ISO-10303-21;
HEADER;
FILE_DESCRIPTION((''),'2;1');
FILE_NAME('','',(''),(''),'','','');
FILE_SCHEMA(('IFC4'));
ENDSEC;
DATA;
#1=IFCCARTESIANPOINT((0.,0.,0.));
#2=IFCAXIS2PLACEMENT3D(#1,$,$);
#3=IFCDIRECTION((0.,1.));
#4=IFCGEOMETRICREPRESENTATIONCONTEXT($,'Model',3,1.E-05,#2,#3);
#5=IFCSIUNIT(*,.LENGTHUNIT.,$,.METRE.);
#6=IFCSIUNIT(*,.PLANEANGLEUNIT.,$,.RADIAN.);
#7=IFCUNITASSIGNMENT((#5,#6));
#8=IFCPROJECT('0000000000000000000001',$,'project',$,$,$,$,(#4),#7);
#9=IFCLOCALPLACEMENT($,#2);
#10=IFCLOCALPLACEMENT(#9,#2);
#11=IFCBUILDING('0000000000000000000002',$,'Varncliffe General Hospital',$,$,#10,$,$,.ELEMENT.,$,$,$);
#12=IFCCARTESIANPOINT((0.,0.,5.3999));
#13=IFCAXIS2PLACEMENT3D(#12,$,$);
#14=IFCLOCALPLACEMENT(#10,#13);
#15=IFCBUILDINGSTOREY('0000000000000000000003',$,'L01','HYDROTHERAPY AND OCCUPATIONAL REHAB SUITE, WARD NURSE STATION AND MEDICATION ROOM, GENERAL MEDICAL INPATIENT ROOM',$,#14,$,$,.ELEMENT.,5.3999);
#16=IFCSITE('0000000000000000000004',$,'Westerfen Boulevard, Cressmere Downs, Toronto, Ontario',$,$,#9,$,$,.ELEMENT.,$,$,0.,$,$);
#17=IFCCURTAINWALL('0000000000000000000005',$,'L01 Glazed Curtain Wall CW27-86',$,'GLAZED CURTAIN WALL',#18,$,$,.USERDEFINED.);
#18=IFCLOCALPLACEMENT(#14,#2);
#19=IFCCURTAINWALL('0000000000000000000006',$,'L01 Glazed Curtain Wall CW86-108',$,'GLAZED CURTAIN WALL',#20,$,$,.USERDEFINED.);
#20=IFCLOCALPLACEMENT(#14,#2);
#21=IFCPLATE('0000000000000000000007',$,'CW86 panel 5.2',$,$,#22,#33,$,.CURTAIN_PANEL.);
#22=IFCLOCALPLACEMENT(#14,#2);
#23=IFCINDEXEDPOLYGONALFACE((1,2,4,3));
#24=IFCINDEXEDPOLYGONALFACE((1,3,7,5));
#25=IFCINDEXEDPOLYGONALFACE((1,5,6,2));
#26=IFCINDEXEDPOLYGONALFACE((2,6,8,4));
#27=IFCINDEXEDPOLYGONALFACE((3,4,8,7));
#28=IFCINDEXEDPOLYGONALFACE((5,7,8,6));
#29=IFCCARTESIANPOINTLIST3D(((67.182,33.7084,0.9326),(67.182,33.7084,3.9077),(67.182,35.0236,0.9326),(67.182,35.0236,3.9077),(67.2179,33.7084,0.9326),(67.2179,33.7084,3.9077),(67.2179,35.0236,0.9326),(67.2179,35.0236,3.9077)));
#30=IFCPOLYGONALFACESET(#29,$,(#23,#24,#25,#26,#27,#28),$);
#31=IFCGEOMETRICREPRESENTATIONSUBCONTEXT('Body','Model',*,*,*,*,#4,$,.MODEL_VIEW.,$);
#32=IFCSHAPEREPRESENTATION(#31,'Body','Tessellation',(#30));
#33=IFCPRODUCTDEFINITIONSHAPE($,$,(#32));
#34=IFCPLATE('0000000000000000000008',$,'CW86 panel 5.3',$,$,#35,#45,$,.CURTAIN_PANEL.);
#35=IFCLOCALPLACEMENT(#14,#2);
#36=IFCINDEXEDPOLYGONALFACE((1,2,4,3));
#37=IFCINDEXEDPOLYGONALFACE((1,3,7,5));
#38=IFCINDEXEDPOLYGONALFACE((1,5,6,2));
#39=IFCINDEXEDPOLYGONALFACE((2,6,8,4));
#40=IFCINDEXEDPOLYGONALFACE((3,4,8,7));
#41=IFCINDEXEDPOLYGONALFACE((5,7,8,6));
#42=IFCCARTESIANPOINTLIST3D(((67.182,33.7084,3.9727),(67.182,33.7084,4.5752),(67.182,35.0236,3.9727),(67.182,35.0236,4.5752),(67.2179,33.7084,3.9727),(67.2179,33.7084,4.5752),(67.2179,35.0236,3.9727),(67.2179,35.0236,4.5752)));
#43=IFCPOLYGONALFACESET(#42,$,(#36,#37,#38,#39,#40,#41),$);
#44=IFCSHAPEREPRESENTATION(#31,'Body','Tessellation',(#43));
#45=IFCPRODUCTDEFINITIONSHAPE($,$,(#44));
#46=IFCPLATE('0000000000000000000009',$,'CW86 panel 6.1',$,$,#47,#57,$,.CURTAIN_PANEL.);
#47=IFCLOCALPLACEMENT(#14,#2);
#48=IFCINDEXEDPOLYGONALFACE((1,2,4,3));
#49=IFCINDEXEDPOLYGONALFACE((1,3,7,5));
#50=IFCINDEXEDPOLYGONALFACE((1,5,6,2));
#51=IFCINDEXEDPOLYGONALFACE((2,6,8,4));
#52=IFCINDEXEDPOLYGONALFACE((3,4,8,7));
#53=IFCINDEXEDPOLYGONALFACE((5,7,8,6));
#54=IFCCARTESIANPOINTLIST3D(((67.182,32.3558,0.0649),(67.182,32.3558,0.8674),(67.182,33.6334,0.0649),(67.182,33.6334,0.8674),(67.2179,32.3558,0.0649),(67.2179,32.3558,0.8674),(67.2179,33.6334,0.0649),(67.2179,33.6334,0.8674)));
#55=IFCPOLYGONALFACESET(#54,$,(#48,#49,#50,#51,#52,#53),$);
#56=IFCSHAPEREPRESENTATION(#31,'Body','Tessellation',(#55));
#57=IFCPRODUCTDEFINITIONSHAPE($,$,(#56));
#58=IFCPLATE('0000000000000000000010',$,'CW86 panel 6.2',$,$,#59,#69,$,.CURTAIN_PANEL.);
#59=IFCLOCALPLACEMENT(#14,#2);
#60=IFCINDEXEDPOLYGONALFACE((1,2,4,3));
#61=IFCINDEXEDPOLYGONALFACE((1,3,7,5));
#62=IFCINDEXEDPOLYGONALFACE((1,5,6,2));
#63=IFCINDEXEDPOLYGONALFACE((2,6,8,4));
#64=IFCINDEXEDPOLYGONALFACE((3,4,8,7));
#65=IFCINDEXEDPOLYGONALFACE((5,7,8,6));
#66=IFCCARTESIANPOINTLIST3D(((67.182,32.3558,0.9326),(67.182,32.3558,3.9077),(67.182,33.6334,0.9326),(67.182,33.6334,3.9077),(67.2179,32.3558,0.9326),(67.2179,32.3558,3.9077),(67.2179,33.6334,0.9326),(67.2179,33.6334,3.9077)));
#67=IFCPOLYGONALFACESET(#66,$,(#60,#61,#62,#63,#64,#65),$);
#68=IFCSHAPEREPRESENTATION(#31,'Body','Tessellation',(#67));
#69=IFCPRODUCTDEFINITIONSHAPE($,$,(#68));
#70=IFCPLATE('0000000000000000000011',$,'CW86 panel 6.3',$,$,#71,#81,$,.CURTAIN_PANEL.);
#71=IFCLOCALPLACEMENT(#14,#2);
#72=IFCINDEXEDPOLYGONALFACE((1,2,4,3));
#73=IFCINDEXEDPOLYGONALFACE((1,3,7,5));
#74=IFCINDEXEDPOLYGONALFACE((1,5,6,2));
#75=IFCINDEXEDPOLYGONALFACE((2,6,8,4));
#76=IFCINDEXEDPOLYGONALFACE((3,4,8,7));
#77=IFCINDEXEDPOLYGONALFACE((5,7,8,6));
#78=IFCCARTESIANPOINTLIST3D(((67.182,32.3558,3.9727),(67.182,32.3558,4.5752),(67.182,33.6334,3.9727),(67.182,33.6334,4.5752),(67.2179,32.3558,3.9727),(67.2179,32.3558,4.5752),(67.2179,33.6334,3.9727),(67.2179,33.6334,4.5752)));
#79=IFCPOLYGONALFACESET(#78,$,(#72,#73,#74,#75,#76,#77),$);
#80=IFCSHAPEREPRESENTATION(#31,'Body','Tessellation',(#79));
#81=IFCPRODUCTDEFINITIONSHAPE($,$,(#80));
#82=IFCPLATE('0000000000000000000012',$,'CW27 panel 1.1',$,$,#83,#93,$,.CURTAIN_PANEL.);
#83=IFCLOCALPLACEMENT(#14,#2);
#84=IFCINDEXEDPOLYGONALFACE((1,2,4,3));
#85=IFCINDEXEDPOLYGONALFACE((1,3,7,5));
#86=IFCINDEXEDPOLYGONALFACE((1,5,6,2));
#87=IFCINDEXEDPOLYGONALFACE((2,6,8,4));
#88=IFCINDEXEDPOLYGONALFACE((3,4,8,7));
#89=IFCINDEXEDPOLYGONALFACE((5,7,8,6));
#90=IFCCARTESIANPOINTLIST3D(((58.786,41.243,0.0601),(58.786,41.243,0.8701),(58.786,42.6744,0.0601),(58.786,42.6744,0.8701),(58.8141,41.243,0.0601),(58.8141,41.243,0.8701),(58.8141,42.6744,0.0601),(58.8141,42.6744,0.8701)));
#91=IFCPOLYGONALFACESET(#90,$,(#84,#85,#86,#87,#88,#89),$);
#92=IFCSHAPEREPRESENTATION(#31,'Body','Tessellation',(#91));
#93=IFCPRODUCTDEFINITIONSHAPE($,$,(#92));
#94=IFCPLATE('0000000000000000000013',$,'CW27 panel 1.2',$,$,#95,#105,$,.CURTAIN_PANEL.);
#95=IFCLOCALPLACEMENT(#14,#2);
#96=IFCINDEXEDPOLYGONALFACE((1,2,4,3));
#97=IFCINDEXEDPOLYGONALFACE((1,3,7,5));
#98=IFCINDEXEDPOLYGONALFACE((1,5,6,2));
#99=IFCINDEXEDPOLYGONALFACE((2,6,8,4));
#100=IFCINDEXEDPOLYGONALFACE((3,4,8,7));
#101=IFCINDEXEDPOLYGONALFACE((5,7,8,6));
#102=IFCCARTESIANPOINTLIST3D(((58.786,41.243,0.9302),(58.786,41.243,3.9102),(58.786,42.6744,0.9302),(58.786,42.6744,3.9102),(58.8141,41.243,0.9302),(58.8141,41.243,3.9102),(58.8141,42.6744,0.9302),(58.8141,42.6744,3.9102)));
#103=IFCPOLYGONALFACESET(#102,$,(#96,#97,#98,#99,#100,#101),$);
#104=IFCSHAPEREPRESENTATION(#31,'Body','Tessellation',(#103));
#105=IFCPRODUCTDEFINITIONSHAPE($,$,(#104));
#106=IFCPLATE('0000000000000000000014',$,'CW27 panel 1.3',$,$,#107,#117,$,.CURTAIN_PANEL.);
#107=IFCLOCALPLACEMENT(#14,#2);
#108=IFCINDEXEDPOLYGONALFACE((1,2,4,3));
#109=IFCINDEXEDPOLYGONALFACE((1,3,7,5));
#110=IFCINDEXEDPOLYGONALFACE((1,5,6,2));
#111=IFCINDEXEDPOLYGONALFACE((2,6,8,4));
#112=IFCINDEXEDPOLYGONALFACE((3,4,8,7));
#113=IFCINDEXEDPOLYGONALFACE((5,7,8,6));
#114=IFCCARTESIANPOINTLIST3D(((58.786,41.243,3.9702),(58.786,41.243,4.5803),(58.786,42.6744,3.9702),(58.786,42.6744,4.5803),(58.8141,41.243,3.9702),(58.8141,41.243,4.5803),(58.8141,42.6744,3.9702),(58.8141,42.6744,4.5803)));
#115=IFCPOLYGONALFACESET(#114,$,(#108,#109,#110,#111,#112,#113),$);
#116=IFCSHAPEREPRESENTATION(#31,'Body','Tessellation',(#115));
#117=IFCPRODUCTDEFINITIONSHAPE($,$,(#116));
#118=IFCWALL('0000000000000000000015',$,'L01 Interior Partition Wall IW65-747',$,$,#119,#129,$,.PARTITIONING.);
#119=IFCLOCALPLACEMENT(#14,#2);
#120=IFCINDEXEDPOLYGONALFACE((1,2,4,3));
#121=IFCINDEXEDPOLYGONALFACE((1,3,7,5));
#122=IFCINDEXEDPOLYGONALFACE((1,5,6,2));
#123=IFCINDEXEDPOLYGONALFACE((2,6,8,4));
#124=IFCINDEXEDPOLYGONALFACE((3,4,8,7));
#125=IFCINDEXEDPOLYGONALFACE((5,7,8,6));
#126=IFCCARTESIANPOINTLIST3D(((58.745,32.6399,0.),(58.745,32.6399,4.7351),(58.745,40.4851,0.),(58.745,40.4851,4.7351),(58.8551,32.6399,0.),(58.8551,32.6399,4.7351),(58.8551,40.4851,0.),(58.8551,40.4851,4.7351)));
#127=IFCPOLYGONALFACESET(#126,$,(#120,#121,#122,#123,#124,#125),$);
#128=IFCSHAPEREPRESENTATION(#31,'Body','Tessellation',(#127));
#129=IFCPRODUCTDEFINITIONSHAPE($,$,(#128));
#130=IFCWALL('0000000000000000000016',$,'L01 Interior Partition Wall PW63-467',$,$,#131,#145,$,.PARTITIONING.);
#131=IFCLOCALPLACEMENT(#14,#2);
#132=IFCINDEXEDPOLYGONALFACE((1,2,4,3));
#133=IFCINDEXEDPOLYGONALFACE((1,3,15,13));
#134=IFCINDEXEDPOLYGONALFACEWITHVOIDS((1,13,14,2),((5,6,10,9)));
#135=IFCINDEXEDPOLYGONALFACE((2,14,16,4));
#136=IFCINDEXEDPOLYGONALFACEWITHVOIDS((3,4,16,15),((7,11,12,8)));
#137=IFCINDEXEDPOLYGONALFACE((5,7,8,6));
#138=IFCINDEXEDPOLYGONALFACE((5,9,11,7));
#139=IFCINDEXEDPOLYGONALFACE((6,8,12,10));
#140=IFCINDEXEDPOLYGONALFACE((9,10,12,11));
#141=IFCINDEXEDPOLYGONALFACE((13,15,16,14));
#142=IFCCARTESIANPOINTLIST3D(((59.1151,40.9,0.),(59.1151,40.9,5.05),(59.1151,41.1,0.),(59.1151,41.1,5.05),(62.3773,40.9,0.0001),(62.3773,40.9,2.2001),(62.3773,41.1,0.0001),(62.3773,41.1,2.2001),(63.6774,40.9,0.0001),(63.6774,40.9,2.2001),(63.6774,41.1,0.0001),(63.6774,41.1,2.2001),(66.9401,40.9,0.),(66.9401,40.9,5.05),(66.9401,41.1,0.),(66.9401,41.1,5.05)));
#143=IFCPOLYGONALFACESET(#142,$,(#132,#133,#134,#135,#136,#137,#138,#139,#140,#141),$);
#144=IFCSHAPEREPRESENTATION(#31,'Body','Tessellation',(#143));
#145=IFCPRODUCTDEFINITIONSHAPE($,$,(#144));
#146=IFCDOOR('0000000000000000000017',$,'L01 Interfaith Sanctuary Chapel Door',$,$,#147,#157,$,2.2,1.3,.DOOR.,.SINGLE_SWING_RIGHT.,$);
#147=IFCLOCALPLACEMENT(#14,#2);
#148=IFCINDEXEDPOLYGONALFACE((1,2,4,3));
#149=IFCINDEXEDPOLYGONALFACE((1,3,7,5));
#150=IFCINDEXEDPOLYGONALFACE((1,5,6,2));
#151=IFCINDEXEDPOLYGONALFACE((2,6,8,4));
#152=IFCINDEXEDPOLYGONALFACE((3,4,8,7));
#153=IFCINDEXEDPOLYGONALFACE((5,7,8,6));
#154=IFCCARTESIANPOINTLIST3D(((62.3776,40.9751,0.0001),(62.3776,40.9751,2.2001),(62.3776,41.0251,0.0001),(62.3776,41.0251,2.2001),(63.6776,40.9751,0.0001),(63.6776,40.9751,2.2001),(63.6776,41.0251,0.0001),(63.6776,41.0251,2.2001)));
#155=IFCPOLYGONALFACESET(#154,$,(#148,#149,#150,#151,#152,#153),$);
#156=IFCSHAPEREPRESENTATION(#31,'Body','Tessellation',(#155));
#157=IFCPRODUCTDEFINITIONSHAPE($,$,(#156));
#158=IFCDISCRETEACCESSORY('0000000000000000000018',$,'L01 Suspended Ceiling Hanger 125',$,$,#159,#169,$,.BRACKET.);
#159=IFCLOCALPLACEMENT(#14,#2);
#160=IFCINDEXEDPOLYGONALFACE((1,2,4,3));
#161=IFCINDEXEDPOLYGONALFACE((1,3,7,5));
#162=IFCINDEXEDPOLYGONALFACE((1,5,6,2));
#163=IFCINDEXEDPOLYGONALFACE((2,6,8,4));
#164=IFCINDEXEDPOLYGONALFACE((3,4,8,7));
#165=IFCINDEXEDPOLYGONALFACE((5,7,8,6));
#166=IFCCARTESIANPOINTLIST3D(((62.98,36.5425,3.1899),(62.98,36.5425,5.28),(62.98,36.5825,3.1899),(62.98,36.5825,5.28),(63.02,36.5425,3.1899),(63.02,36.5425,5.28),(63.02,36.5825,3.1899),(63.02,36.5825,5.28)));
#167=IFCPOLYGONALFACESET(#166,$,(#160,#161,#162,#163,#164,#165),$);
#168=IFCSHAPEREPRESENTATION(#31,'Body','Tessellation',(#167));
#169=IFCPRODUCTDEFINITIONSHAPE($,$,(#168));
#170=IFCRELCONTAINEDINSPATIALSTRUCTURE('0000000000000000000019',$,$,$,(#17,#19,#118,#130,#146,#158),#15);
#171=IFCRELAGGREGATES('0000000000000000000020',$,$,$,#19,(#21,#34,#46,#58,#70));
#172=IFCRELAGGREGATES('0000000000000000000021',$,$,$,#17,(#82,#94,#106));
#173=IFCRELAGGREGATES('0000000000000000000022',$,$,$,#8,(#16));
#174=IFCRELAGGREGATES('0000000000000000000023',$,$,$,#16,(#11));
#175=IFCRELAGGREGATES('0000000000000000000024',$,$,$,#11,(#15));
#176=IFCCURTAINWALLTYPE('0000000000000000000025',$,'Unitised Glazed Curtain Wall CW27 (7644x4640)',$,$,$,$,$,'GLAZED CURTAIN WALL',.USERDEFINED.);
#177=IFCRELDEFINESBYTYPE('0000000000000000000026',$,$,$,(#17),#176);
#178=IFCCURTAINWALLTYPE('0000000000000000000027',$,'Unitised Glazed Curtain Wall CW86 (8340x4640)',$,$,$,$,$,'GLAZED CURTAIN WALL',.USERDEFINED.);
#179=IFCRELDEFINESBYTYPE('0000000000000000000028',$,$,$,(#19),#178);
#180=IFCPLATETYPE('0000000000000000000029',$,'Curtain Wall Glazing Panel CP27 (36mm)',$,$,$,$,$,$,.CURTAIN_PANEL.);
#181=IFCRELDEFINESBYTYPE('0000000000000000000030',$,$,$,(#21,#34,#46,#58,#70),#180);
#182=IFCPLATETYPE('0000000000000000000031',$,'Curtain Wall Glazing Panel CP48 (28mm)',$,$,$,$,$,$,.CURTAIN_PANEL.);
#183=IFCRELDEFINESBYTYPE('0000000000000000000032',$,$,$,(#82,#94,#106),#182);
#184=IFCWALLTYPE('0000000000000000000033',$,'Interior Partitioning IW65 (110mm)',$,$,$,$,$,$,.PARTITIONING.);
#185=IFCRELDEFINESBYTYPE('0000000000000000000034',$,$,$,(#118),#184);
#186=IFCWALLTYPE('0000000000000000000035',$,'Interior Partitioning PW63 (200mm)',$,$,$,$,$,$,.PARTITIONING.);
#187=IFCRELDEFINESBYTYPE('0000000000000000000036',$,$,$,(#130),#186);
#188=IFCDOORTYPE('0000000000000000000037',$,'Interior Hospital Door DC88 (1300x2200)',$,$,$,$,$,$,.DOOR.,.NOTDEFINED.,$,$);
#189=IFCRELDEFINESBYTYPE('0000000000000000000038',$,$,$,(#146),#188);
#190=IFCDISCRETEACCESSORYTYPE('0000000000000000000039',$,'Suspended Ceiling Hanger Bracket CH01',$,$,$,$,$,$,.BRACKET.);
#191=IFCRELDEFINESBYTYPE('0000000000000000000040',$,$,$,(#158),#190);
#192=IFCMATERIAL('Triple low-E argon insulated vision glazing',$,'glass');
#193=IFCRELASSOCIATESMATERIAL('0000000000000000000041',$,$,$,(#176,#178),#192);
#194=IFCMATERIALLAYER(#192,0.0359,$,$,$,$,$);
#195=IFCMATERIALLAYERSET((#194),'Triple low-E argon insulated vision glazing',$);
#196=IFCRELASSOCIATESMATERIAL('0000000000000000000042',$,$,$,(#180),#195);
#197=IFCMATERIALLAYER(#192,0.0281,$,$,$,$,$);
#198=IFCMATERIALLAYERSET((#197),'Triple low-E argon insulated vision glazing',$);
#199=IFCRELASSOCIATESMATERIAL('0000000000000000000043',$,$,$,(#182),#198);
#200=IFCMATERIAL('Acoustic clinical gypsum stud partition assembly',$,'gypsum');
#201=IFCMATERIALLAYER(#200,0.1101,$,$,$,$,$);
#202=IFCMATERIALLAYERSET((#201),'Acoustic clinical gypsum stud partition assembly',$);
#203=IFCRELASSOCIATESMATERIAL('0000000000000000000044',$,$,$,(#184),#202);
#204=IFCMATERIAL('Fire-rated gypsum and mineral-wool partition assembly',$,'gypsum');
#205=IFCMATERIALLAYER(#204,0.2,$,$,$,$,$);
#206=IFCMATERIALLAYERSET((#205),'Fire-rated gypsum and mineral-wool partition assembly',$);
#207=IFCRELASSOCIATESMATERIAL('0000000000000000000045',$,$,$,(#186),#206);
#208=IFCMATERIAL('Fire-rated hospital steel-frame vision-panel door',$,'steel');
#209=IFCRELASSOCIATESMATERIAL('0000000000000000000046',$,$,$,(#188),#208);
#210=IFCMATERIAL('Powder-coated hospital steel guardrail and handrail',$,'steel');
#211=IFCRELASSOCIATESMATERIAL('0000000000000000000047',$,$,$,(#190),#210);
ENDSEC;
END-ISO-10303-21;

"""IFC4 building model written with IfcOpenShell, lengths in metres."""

from ifc_helpers import new_model, si_unit, direction, frame, frame_2d, origin, origin_2d, place, context, subcontext, project, spatial, rectangle, extrude, material, layer, layer_set, type_object, element, fill, aggregate, save


model = new_model("IFC4")

# Units and contexts
model_context = context("Model", 3, precision=1e-05, world=origin(), true_north=direction((0.0, 1.0)))
body_context = subcontext(model_context, "Body", "Model", "MODEL_VIEW")
ifc_project = project(units=[si_unit("LENGTHUNIT", "METRE"), si_unit("PLANEANGLEUNIT", "RADIAN")], contexts=[model_context])

# Site, building, storey
site_placement = place(None, origin())
site = spatial("IfcSite", under=ifc_project, at=site_placement, Name="Westerfen Boulevard, Cressmere Downs, Toronto, Ontario", CompositionType="ELEMENT", RefElevation=0.0)
building_placement = place(site_placement, origin())
building = spatial("IfcBuilding", under=site, at=building_placement, Name="Varncliffe General Hospital", CompositionType="ELEMENT")
storey_placement = place(building_placement, frame((0.0, 0.0, 5.3999)))
storey = spatial("IfcBuildingStorey", under=building, at=storey_placement, Name="L01", Description="HYDROTHERAPY AND OCCUPATIONAL REHAB SUITE, WARD NURSE STATION AND MEDICATION ROOM, GENERAL MEDICAL INPATIENT ROOM", CompositionType="ELEMENT", Elevation=5.3999)

# Curtain wall
ifc_material_1 = material(Name="Triple low-E argon insulated vision glazing", Category="glass")
curtain_wall_type_1 = type_object("IfcCurtainWallType", Name="Unitised Glazed Curtain Wall CW27 (7644x4640)", ElementType="GLAZED CURTAIN WALL", PredefinedType="USERDEFINED", material=ifc_material_1)
curtain_wall_1_placement = place(storey_placement, origin())
curtain_wall_1 = element("IfcCurtainWall", 1, at=curtain_wall_1_placement, inside=storey, type_object=curtain_wall_type_1, Name="L01 Glazed Curtain Wall CW27-86", ObjectType="GLAZED CURTAIN WALL", PredefinedType="USERDEFINED")

# Curtain wall
curtain_wall_type_2 = type_object("IfcCurtainWallType", Name="Unitised Glazed Curtain Wall CW86 (8340x4640)", ElementType="GLAZED CURTAIN WALL", PredefinedType="USERDEFINED", material=ifc_material_1)
curtain_wall_2_placement = place(storey_placement, origin())
curtain_wall_2 = element("IfcCurtainWall", 2, at=curtain_wall_2_placement, inside=storey, type_object=curtain_wall_type_2, Name="L01 Glazed Curtain Wall CW86-108", ObjectType="GLAZED CURTAIN WALL", PredefinedType="USERDEFINED")

# Plates
ifc_layer_1 = layer(ifc_material_1, 0.0359)
ifc_layer_set_1 = layer_set([ifc_layer_1], Name="Triple low-E argon insulated vision glazing")
plate_type_1 = type_object("IfcPlateType", Name="Curtain Wall Glazing Panel CP27 (36mm)", PredefinedType="CURTAIN_PANEL", material=ifc_layer_set_1)
plate_1_placement = place(storey_placement, frame((67.2, 34.366, 0.9326), z_axis=(0.0, 0.0, 1.0), x_axis=(0.0, -1.0, 0.0)))
plate_1 = element("IfcPlate", 3, at=plate_1_placement, type_object=plate_type_1, Name="CW86 panel 5.2", PredefinedType="CURTAIN_PANEL", context=body_context, shape_type="SweptSolid", body=[
    extrude(rectangle(XDim=1.3152, YDim=0.0359, at=origin_2d()), origin(), (0.0, 0.0, 1.0), 2.9751),
])
plate_2_placement = place(storey_placement, frame((67.2, 34.366, 3.9727), z_axis=(0.0, 0.0, 1.0), x_axis=(0.0, -1.0, 0.0)))
plate_2 = element("IfcPlate", 4, at=plate_2_placement, type_object=plate_type_1, Name="CW86 panel 5.3", PredefinedType="CURTAIN_PANEL", context=body_context, shape_type="SweptSolid", body=[
    extrude(rectangle(XDim=1.3152, YDim=0.0359, at=origin_2d()), origin(), (0.0, 0.0, 1.0), 0.6025),
])
plate_3_placement = place(storey_placement, frame((67.2, 32.9946, 0.0649), z_axis=(0.0, 0.0, 1.0), x_axis=(0.0, -1.0, 0.0)))
plate_3 = element("IfcPlate", 5, at=plate_3_placement, type_object=plate_type_1, Name="CW86 panel 6.1", PredefinedType="CURTAIN_PANEL", context=body_context, shape_type="SweptSolid", body=[
    extrude(rectangle(XDim=1.2776, YDim=0.0359, at=origin_2d()), origin(), (0.0, 0.0, 1.0), 0.8025),
])
plate_4_placement = place(storey_placement, frame((67.2, 32.9946, 0.9326), z_axis=(0.0, 0.0, 1.0), x_axis=(0.0, -1.0, 0.0)))
plate_4 = element("IfcPlate", 6, at=plate_4_placement, type_object=plate_type_1, Name="CW86 panel 6.2", PredefinedType="CURTAIN_PANEL", context=body_context, shape_type="SweptSolid", body=[
    extrude(rectangle(XDim=1.2776, YDim=0.0359, at=origin_2d()), origin(), (0.0, 0.0, 1.0), 2.9751),
])
plate_5_placement = place(storey_placement, frame((67.2, 32.9946, 3.9727), z_axis=(0.0, 0.0, 1.0), x_axis=(0.0, -1.0, 0.0)))
plate_5 = element("IfcPlate", 7, at=plate_5_placement, type_object=plate_type_1, Name="CW86 panel 6.3", PredefinedType="CURTAIN_PANEL", context=body_context, shape_type="SweptSolid", body=[
    extrude(rectangle(XDim=1.2776, YDim=0.0359, at=origin_2d()), origin(), (0.0, 0.0, 1.0), 0.6025),
])
aggregate(curtain_wall_2, [plate_1, plate_2, plate_3, plate_4, plate_5])
ifc_layer_2 = layer(ifc_material_1, 0.0281)
ifc_layer_set_2 = layer_set([ifc_layer_2], Name="Triple low-E argon insulated vision glazing")
plate_type_2 = type_object("IfcPlateType", Name="Curtain Wall Glazing Panel CP48 (28mm)", PredefinedType="CURTAIN_PANEL", material=ifc_layer_set_2)
plate_6_placement = place(storey_placement, frame((58.8, 41.9587, 0.0601), z_axis=(0.0, 0.0, 1.0), x_axis=(0.0, 1.0, 0.0)))
plate_6 = element("IfcPlate", 8, at=plate_6_placement, type_object=plate_type_2, Name="CW27 panel 1.1", PredefinedType="CURTAIN_PANEL", context=body_context, shape_type="SweptSolid", body=[
    extrude(rectangle(XDim=1.4314, YDim=0.0281, at=origin_2d()), origin(), (0.0, 0.0, 1.0), 0.8101),
])
plate_7_placement = place(storey_placement, frame((58.8, 41.9587, 0.9302), z_axis=(0.0, 0.0, 1.0), x_axis=(0.0, 1.0, 0.0)))
plate_7 = element("IfcPlate", 9, at=plate_7_placement, type_object=plate_type_2, Name="CW27 panel 1.2", PredefinedType="CURTAIN_PANEL", context=body_context, shape_type="SweptSolid", body=[
    extrude(rectangle(XDim=1.4314, YDim=0.0281, at=origin_2d()), origin(), (0.0, 0.0, 1.0), 2.98),
])
plate_8_placement = place(storey_placement, frame((58.8, 41.9587, 3.9702), z_axis=(0.0, 0.0, 1.0), x_axis=(0.0, 1.0, 0.0)))
plate_8 = element("IfcPlate", 10, at=plate_8_placement, type_object=plate_type_2, Name="CW27 panel 1.3", PredefinedType="CURTAIN_PANEL", context=body_context, shape_type="SweptSolid", body=[
    extrude(rectangle(XDim=1.4314, YDim=0.0281, at=origin_2d()), origin(), (0.0, 0.0, 1.0), 0.6101),
])
aggregate(curtain_wall_1, [plate_6, plate_7, plate_8])

# Wall
ifc_material_2 = material(Name="Acoustic clinical gypsum stud partition assembly", Category="gypsum")
ifc_layer_3 = layer(ifc_material_2, 0.1101)
ifc_layer_set_3 = layer_set([ifc_layer_3], Name="Acoustic clinical gypsum stud partition assembly")
wall_type_1 = type_object("IfcWallType", Name="Interior Partitioning IW65 (110mm)", PredefinedType="PARTITIONING", material=ifc_layer_set_3)
wall_1_placement = place(storey_placement, frame((58.8, 32.6399, 0.0), z_axis=(0.0, 0.0, 1.0), x_axis=(0.0, 1.0, 0.0)))
element("IfcWall", 11, at=wall_1_placement, inside=storey, type_object=wall_type_1, Name="L01 Interior Partition Wall IW65-747", PredefinedType="PARTITIONING", context=body_context, shape_type="SweptSolid", body=[
    extrude(rectangle(XDim=7.8452, YDim=0.1101, at=frame_2d((3.9226, 0.0))), origin(), (0.0, 0.0, 1.0), 4.7351),
])

# Wall, opening, door
ifc_material_3 = material(Name="Fire-rated gypsum and mineral-wool partition assembly", Category="gypsum")
ifc_layer_4 = layer(ifc_material_3, 0.2)
ifc_layer_set_4 = layer_set([ifc_layer_4], Name="Fire-rated gypsum and mineral-wool partition assembly")
wall_type_2 = type_object("IfcWallType", Name="Interior Partitioning PW63 (200mm)", PredefinedType="PARTITIONING", material=ifc_layer_set_4)
wall_2_placement = place(storey_placement, frame((59.115, 41.0, 0.0), z_axis=(0.0, 0.0, 1.0), x_axis=(1.0, 0.0, 0.0)))
wall_2 = element("IfcWall", 12, at=wall_2_placement, inside=storey, type_object=wall_type_2, Name="L01 Interior Partition Wall PW63-467", PredefinedType="PARTITIONING", context=body_context, shape_type="SweptSolid", body=[
    extrude(rectangle(XDim=7.825, YDim=0.2, at=frame_2d((3.9126, 0.0))), origin(), (0.0, 0.0, 1.0), 5.05),
])
opening_placement = place(wall_2_placement, frame((3.2625, 0.0, 0.0)))
opening = element("IfcOpeningElement", 13, at=opening_placement, cuts=wall_2, PredefinedType="OPENING", context=body_context, shape_type="SweptSolid", body=[
    extrude(rectangle(XDim=1.3, YDim=2.2, at=frame_2d((0.6499, 1.1001))), frame((0.0, 0.1099, 0.0), z_axis=(0.0, -1.0, 0.0), x_axis=(1.0, 0.0, 0.0)), (0.0, 0.0, 1.0), 0.22),
])
ifc_material_4 = material(Name="Fire-rated hospital steel-frame vision-panel door", Category="steel")
door_type = type_object("IfcDoorType", Name="Interior Hospital Door DC88 (1300x2200)", OperationType="NOTDEFINED", PredefinedType="DOOR", material=ifc_material_4)
door_placement = place(opening_placement, frame((1.3, 0.0, 0.0), z_axis=(0.0, 0.0, 1.0), x_axis=(-1.0, 0.0, 0.0)))
door = element("IfcDoor", 14, at=door_placement, inside=storey, type_object=door_type, Name="L01 Interfaith Sanctuary Chapel Door", OperationType="SINGLE_SWING_RIGHT", OverallHeight=2.2, OverallWidth=1.3, PredefinedType="DOOR", context=body_context, shape_type="SweptSolid", body=[
    extrude(rectangle(XDim=1.3, YDim=2.2, at=frame_2d((0.6499, 1.1001))), frame((0.0, 0.0249, 0.0), z_axis=(0.0, -1.0, 0.0), x_axis=(1.0, 0.0, 0.0)), (0.0, 0.0, 1.0), 0.05),
])
fill(opening, door)

# Discrete accessory
ifc_material_5 = material(Name="Powder-coated hospital steel guardrail and handrail", Category="steel")
discrete_accessory_type = type_object("IfcDiscreteAccessoryType", Name="Suspended Ceiling Hanger Bracket CH01", PredefinedType="BRACKET", material=ifc_material_5)
discrete_accessory_placement = place(storey_placement, frame((63.0, 36.5625, 3.1899), z_axis=(0.0, 0.0, 1.0), x_axis=(1.0, 0.0, 0.0)))
element("IfcDiscreteAccessory", 15, at=discrete_accessory_placement, inside=storey, type_object=discrete_accessory_type, Name="L01 Suspended Ceiling Hanger 125", PredefinedType="BRACKET", context=body_context, shape_type="SweptSolid", body=[
    extrude(rectangle(XDim=0.04, YDim=0.04, at=origin_2d()), origin(), (0.0, 0.0, 1.0), 2.0901),
])

save(model, "model.ifc")
